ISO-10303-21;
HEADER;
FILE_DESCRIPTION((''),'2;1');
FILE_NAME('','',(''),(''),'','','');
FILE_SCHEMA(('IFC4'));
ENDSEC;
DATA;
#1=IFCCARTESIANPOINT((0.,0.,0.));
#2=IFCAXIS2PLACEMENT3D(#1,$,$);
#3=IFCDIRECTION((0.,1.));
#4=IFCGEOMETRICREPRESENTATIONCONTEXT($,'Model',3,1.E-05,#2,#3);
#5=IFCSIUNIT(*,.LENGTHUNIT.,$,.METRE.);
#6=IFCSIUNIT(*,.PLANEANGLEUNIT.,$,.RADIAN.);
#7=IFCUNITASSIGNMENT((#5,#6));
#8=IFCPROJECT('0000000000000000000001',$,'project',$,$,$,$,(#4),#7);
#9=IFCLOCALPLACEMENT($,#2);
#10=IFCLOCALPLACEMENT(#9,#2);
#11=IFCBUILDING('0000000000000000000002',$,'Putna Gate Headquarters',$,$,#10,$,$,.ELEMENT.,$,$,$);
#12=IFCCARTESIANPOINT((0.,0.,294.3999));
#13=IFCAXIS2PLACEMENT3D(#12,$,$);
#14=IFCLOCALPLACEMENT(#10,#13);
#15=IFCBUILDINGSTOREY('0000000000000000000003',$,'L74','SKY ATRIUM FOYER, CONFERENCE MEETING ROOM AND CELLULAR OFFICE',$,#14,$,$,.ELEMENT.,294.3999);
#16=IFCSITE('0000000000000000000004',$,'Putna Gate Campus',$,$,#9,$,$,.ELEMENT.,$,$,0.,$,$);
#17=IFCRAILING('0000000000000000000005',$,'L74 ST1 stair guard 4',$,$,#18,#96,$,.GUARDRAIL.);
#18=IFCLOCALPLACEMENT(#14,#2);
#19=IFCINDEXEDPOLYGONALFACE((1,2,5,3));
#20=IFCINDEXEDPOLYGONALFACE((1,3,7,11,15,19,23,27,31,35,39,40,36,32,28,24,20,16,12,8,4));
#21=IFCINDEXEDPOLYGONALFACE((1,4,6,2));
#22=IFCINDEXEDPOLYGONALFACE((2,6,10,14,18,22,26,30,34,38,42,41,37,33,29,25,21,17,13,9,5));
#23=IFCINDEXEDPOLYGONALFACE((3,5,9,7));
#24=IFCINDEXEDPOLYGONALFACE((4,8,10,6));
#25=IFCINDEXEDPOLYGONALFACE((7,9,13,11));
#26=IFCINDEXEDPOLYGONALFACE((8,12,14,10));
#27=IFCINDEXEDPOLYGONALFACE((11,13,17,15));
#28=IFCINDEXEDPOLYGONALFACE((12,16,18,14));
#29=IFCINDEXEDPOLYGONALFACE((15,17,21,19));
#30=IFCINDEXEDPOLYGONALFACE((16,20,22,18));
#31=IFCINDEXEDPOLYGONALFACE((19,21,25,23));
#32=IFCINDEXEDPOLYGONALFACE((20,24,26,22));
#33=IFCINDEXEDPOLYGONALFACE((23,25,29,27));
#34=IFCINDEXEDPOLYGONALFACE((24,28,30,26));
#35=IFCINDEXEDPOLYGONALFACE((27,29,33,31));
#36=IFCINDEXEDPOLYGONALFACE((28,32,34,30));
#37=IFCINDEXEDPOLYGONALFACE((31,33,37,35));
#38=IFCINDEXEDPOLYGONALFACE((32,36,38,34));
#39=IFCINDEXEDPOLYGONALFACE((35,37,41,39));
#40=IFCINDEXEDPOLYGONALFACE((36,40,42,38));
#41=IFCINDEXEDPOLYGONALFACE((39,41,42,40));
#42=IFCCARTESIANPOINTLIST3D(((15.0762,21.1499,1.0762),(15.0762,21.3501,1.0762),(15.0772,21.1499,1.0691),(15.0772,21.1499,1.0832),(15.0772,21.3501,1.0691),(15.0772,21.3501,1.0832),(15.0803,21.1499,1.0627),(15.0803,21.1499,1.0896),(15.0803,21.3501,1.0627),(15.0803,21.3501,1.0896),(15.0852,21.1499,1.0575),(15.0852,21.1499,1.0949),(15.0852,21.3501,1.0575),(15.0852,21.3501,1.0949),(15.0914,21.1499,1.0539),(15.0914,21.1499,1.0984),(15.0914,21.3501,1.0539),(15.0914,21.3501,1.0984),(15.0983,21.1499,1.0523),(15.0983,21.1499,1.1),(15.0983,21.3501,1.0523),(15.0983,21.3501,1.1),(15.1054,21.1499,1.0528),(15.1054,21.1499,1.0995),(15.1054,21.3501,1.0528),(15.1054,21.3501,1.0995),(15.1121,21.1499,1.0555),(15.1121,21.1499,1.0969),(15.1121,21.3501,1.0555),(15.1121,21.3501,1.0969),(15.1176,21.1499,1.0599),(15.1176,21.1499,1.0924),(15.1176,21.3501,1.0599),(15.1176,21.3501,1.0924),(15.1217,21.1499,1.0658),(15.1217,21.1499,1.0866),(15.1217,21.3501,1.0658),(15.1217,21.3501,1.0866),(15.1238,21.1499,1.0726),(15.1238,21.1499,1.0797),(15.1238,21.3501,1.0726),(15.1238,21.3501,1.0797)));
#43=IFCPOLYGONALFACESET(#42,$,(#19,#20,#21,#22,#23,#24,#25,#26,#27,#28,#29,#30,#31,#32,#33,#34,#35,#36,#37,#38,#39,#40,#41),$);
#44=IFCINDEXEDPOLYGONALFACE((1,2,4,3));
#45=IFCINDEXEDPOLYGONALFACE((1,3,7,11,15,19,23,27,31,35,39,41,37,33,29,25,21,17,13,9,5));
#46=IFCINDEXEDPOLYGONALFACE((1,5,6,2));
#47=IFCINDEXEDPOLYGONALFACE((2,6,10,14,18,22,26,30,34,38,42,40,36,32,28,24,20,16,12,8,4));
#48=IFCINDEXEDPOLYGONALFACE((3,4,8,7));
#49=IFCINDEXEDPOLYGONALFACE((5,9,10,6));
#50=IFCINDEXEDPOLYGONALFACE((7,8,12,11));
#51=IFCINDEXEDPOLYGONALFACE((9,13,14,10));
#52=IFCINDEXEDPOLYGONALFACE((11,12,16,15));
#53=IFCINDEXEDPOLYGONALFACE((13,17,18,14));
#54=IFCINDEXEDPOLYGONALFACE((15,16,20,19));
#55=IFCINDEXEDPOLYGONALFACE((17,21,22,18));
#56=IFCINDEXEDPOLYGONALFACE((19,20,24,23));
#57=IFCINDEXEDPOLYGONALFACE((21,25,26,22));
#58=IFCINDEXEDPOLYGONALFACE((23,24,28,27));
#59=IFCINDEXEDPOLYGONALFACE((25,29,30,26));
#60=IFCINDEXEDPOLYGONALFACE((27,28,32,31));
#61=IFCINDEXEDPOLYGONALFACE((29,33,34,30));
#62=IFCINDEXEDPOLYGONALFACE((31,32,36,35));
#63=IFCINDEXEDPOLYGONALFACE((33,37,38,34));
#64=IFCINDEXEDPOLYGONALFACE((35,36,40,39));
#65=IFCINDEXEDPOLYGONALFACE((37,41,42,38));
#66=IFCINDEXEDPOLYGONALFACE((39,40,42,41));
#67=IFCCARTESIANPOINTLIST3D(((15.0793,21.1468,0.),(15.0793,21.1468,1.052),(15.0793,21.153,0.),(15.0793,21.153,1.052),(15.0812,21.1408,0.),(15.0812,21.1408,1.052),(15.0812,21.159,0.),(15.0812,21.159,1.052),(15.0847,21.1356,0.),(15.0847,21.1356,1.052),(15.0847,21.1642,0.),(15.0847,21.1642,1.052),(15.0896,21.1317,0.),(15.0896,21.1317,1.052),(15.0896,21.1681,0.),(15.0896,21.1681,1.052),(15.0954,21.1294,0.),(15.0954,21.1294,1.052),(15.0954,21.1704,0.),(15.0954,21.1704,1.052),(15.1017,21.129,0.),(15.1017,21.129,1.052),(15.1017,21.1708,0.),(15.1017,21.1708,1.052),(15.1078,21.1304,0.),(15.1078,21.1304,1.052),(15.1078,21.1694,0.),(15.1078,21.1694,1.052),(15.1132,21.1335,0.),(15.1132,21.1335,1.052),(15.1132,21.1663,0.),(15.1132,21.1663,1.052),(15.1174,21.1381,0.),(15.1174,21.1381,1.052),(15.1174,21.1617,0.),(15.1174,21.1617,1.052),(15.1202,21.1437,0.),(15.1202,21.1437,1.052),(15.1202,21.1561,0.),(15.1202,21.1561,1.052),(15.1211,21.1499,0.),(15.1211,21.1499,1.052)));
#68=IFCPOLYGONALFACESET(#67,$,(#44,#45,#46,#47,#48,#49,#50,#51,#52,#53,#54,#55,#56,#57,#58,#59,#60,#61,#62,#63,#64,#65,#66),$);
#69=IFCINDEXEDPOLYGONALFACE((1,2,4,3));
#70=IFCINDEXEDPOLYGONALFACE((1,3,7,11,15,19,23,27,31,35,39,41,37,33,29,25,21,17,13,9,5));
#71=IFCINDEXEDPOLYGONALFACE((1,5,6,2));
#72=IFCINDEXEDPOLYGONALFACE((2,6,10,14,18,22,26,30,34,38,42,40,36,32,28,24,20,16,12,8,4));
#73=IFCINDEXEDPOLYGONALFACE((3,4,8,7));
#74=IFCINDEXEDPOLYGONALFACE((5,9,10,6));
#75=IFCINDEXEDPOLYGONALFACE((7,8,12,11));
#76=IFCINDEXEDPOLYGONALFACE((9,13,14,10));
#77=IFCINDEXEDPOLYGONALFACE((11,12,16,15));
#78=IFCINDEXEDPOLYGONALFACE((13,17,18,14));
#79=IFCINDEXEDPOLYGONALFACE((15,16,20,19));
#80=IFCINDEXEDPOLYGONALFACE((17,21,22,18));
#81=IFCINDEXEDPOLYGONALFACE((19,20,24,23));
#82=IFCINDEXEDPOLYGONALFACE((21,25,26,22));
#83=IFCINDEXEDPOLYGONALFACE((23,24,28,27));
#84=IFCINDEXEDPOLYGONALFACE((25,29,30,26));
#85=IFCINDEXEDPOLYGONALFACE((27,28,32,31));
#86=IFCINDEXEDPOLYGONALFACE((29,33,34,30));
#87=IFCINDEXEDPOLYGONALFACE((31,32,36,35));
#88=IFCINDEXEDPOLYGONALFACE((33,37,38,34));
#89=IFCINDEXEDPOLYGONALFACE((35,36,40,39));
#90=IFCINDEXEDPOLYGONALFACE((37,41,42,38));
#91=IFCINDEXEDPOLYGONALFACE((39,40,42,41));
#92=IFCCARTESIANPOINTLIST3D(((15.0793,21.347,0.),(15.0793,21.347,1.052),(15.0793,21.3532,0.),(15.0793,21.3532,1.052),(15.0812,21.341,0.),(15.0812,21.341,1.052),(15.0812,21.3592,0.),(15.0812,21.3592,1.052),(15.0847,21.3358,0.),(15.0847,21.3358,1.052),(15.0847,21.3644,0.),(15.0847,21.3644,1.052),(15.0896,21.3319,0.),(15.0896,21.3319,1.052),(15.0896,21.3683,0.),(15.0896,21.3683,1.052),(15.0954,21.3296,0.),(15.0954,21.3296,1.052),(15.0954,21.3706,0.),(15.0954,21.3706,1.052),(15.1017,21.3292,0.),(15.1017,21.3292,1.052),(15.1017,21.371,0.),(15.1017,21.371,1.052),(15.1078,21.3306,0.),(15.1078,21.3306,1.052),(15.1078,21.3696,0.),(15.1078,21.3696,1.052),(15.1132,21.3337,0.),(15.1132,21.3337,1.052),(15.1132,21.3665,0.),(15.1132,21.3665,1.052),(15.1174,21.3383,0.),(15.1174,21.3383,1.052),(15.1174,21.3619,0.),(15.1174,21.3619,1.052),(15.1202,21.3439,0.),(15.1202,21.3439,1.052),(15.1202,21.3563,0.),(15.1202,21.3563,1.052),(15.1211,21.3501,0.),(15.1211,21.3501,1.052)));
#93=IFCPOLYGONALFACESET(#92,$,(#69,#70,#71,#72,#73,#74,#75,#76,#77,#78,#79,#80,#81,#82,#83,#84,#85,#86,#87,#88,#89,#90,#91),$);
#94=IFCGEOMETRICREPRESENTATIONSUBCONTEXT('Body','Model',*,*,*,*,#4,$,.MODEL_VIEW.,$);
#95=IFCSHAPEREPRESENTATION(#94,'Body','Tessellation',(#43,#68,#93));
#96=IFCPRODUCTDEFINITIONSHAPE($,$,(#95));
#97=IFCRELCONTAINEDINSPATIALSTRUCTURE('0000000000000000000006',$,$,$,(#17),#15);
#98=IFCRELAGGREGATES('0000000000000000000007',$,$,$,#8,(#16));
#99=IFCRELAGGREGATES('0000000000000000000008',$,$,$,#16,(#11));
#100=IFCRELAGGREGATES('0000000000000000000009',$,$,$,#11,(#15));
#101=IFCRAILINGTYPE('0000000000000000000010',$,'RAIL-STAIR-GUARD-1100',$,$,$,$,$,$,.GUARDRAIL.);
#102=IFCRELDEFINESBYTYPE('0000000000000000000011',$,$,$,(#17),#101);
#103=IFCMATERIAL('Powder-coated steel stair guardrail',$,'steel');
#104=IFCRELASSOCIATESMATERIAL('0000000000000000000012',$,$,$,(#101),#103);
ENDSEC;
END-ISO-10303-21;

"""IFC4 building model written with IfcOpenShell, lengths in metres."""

from ifc_helpers import new_model, si_unit, direction, frame, origin, origin_2d, place, context, subcontext, project, spatial, circle, extrude, material, type_object, element, save


model = new_model("IFC4")

# Units and contexts
model_context = context("Model", 3, precision=1e-05, world=origin(), true_north=direction((0.0, 1.0)))
body_context = subcontext(model_context, "Body", "Model", "MODEL_VIEW")
ifc_project = project(units=[si_unit("LENGTHUNIT", "METRE"), si_unit("PLANEANGLEUNIT", "RADIAN")], contexts=[model_context])

# Site, building, storey
site_placement = place(None, origin())
site = spatial("IfcSite", under=ifc_project, at=site_placement, Name="Putna Gate Campus", CompositionType="ELEMENT", RefElevation=0.0)
building_placement = place(site_placement, origin())
building = spatial("IfcBuilding", under=site, at=building_placement, Name="Putna Gate Headquarters", CompositionType="ELEMENT")
storey_placement = place(building_placement, frame((0.0, 0.0, 294.3999)))
storey = spatial("IfcBuildingStorey", under=building, at=storey_placement, Name="L74", Description="SKY ATRIUM FOYER, CONFERENCE MEETING ROOM AND CELLULAR OFFICE", CompositionType="ELEMENT", Elevation=294.3999)

# Railing
ifc_material_1 = material(Name="Powder-coated steel stair guardrail", Category="steel")
railing_type_1 = type_object("IfcRailingType", Name="RAIL-STAIR-GUARD-1100", PredefinedType="GUARDRAIL", material=ifc_material_1)
railing_1_placement = place(storey_placement, frame((15.1001, 21.1499, 0.0)))
element("IfcRailing", 1, at=railing_1_placement, inside=storey, type_object=railing_type_1, Name="L74 ST1 stair guard 4", PredefinedType="GUARDRAIL", context=body_context, shape_type="SweptSolid", body=[
    extrude(circle(Radius=0.0239, at=origin_2d()), frame((0.0, 0.0, 1.0762), z_axis=(0.0, 1.0, 0.0), x_axis=(-1.0, 0.0, 0.0)), (0.0, 0.0, 1.0), 0.2002),
    extrude(circle(Radius=0.021, at=origin_2d()), origin(), (0.0, 0.0, 1.0), 1.052),
    extrude(circle(Radius=0.021, at=origin_2d()), frame((0.0, 0.2002, 0.0)), (0.0, 0.0, 1.0), 1.052),
])

save(model, "model.ifc")
